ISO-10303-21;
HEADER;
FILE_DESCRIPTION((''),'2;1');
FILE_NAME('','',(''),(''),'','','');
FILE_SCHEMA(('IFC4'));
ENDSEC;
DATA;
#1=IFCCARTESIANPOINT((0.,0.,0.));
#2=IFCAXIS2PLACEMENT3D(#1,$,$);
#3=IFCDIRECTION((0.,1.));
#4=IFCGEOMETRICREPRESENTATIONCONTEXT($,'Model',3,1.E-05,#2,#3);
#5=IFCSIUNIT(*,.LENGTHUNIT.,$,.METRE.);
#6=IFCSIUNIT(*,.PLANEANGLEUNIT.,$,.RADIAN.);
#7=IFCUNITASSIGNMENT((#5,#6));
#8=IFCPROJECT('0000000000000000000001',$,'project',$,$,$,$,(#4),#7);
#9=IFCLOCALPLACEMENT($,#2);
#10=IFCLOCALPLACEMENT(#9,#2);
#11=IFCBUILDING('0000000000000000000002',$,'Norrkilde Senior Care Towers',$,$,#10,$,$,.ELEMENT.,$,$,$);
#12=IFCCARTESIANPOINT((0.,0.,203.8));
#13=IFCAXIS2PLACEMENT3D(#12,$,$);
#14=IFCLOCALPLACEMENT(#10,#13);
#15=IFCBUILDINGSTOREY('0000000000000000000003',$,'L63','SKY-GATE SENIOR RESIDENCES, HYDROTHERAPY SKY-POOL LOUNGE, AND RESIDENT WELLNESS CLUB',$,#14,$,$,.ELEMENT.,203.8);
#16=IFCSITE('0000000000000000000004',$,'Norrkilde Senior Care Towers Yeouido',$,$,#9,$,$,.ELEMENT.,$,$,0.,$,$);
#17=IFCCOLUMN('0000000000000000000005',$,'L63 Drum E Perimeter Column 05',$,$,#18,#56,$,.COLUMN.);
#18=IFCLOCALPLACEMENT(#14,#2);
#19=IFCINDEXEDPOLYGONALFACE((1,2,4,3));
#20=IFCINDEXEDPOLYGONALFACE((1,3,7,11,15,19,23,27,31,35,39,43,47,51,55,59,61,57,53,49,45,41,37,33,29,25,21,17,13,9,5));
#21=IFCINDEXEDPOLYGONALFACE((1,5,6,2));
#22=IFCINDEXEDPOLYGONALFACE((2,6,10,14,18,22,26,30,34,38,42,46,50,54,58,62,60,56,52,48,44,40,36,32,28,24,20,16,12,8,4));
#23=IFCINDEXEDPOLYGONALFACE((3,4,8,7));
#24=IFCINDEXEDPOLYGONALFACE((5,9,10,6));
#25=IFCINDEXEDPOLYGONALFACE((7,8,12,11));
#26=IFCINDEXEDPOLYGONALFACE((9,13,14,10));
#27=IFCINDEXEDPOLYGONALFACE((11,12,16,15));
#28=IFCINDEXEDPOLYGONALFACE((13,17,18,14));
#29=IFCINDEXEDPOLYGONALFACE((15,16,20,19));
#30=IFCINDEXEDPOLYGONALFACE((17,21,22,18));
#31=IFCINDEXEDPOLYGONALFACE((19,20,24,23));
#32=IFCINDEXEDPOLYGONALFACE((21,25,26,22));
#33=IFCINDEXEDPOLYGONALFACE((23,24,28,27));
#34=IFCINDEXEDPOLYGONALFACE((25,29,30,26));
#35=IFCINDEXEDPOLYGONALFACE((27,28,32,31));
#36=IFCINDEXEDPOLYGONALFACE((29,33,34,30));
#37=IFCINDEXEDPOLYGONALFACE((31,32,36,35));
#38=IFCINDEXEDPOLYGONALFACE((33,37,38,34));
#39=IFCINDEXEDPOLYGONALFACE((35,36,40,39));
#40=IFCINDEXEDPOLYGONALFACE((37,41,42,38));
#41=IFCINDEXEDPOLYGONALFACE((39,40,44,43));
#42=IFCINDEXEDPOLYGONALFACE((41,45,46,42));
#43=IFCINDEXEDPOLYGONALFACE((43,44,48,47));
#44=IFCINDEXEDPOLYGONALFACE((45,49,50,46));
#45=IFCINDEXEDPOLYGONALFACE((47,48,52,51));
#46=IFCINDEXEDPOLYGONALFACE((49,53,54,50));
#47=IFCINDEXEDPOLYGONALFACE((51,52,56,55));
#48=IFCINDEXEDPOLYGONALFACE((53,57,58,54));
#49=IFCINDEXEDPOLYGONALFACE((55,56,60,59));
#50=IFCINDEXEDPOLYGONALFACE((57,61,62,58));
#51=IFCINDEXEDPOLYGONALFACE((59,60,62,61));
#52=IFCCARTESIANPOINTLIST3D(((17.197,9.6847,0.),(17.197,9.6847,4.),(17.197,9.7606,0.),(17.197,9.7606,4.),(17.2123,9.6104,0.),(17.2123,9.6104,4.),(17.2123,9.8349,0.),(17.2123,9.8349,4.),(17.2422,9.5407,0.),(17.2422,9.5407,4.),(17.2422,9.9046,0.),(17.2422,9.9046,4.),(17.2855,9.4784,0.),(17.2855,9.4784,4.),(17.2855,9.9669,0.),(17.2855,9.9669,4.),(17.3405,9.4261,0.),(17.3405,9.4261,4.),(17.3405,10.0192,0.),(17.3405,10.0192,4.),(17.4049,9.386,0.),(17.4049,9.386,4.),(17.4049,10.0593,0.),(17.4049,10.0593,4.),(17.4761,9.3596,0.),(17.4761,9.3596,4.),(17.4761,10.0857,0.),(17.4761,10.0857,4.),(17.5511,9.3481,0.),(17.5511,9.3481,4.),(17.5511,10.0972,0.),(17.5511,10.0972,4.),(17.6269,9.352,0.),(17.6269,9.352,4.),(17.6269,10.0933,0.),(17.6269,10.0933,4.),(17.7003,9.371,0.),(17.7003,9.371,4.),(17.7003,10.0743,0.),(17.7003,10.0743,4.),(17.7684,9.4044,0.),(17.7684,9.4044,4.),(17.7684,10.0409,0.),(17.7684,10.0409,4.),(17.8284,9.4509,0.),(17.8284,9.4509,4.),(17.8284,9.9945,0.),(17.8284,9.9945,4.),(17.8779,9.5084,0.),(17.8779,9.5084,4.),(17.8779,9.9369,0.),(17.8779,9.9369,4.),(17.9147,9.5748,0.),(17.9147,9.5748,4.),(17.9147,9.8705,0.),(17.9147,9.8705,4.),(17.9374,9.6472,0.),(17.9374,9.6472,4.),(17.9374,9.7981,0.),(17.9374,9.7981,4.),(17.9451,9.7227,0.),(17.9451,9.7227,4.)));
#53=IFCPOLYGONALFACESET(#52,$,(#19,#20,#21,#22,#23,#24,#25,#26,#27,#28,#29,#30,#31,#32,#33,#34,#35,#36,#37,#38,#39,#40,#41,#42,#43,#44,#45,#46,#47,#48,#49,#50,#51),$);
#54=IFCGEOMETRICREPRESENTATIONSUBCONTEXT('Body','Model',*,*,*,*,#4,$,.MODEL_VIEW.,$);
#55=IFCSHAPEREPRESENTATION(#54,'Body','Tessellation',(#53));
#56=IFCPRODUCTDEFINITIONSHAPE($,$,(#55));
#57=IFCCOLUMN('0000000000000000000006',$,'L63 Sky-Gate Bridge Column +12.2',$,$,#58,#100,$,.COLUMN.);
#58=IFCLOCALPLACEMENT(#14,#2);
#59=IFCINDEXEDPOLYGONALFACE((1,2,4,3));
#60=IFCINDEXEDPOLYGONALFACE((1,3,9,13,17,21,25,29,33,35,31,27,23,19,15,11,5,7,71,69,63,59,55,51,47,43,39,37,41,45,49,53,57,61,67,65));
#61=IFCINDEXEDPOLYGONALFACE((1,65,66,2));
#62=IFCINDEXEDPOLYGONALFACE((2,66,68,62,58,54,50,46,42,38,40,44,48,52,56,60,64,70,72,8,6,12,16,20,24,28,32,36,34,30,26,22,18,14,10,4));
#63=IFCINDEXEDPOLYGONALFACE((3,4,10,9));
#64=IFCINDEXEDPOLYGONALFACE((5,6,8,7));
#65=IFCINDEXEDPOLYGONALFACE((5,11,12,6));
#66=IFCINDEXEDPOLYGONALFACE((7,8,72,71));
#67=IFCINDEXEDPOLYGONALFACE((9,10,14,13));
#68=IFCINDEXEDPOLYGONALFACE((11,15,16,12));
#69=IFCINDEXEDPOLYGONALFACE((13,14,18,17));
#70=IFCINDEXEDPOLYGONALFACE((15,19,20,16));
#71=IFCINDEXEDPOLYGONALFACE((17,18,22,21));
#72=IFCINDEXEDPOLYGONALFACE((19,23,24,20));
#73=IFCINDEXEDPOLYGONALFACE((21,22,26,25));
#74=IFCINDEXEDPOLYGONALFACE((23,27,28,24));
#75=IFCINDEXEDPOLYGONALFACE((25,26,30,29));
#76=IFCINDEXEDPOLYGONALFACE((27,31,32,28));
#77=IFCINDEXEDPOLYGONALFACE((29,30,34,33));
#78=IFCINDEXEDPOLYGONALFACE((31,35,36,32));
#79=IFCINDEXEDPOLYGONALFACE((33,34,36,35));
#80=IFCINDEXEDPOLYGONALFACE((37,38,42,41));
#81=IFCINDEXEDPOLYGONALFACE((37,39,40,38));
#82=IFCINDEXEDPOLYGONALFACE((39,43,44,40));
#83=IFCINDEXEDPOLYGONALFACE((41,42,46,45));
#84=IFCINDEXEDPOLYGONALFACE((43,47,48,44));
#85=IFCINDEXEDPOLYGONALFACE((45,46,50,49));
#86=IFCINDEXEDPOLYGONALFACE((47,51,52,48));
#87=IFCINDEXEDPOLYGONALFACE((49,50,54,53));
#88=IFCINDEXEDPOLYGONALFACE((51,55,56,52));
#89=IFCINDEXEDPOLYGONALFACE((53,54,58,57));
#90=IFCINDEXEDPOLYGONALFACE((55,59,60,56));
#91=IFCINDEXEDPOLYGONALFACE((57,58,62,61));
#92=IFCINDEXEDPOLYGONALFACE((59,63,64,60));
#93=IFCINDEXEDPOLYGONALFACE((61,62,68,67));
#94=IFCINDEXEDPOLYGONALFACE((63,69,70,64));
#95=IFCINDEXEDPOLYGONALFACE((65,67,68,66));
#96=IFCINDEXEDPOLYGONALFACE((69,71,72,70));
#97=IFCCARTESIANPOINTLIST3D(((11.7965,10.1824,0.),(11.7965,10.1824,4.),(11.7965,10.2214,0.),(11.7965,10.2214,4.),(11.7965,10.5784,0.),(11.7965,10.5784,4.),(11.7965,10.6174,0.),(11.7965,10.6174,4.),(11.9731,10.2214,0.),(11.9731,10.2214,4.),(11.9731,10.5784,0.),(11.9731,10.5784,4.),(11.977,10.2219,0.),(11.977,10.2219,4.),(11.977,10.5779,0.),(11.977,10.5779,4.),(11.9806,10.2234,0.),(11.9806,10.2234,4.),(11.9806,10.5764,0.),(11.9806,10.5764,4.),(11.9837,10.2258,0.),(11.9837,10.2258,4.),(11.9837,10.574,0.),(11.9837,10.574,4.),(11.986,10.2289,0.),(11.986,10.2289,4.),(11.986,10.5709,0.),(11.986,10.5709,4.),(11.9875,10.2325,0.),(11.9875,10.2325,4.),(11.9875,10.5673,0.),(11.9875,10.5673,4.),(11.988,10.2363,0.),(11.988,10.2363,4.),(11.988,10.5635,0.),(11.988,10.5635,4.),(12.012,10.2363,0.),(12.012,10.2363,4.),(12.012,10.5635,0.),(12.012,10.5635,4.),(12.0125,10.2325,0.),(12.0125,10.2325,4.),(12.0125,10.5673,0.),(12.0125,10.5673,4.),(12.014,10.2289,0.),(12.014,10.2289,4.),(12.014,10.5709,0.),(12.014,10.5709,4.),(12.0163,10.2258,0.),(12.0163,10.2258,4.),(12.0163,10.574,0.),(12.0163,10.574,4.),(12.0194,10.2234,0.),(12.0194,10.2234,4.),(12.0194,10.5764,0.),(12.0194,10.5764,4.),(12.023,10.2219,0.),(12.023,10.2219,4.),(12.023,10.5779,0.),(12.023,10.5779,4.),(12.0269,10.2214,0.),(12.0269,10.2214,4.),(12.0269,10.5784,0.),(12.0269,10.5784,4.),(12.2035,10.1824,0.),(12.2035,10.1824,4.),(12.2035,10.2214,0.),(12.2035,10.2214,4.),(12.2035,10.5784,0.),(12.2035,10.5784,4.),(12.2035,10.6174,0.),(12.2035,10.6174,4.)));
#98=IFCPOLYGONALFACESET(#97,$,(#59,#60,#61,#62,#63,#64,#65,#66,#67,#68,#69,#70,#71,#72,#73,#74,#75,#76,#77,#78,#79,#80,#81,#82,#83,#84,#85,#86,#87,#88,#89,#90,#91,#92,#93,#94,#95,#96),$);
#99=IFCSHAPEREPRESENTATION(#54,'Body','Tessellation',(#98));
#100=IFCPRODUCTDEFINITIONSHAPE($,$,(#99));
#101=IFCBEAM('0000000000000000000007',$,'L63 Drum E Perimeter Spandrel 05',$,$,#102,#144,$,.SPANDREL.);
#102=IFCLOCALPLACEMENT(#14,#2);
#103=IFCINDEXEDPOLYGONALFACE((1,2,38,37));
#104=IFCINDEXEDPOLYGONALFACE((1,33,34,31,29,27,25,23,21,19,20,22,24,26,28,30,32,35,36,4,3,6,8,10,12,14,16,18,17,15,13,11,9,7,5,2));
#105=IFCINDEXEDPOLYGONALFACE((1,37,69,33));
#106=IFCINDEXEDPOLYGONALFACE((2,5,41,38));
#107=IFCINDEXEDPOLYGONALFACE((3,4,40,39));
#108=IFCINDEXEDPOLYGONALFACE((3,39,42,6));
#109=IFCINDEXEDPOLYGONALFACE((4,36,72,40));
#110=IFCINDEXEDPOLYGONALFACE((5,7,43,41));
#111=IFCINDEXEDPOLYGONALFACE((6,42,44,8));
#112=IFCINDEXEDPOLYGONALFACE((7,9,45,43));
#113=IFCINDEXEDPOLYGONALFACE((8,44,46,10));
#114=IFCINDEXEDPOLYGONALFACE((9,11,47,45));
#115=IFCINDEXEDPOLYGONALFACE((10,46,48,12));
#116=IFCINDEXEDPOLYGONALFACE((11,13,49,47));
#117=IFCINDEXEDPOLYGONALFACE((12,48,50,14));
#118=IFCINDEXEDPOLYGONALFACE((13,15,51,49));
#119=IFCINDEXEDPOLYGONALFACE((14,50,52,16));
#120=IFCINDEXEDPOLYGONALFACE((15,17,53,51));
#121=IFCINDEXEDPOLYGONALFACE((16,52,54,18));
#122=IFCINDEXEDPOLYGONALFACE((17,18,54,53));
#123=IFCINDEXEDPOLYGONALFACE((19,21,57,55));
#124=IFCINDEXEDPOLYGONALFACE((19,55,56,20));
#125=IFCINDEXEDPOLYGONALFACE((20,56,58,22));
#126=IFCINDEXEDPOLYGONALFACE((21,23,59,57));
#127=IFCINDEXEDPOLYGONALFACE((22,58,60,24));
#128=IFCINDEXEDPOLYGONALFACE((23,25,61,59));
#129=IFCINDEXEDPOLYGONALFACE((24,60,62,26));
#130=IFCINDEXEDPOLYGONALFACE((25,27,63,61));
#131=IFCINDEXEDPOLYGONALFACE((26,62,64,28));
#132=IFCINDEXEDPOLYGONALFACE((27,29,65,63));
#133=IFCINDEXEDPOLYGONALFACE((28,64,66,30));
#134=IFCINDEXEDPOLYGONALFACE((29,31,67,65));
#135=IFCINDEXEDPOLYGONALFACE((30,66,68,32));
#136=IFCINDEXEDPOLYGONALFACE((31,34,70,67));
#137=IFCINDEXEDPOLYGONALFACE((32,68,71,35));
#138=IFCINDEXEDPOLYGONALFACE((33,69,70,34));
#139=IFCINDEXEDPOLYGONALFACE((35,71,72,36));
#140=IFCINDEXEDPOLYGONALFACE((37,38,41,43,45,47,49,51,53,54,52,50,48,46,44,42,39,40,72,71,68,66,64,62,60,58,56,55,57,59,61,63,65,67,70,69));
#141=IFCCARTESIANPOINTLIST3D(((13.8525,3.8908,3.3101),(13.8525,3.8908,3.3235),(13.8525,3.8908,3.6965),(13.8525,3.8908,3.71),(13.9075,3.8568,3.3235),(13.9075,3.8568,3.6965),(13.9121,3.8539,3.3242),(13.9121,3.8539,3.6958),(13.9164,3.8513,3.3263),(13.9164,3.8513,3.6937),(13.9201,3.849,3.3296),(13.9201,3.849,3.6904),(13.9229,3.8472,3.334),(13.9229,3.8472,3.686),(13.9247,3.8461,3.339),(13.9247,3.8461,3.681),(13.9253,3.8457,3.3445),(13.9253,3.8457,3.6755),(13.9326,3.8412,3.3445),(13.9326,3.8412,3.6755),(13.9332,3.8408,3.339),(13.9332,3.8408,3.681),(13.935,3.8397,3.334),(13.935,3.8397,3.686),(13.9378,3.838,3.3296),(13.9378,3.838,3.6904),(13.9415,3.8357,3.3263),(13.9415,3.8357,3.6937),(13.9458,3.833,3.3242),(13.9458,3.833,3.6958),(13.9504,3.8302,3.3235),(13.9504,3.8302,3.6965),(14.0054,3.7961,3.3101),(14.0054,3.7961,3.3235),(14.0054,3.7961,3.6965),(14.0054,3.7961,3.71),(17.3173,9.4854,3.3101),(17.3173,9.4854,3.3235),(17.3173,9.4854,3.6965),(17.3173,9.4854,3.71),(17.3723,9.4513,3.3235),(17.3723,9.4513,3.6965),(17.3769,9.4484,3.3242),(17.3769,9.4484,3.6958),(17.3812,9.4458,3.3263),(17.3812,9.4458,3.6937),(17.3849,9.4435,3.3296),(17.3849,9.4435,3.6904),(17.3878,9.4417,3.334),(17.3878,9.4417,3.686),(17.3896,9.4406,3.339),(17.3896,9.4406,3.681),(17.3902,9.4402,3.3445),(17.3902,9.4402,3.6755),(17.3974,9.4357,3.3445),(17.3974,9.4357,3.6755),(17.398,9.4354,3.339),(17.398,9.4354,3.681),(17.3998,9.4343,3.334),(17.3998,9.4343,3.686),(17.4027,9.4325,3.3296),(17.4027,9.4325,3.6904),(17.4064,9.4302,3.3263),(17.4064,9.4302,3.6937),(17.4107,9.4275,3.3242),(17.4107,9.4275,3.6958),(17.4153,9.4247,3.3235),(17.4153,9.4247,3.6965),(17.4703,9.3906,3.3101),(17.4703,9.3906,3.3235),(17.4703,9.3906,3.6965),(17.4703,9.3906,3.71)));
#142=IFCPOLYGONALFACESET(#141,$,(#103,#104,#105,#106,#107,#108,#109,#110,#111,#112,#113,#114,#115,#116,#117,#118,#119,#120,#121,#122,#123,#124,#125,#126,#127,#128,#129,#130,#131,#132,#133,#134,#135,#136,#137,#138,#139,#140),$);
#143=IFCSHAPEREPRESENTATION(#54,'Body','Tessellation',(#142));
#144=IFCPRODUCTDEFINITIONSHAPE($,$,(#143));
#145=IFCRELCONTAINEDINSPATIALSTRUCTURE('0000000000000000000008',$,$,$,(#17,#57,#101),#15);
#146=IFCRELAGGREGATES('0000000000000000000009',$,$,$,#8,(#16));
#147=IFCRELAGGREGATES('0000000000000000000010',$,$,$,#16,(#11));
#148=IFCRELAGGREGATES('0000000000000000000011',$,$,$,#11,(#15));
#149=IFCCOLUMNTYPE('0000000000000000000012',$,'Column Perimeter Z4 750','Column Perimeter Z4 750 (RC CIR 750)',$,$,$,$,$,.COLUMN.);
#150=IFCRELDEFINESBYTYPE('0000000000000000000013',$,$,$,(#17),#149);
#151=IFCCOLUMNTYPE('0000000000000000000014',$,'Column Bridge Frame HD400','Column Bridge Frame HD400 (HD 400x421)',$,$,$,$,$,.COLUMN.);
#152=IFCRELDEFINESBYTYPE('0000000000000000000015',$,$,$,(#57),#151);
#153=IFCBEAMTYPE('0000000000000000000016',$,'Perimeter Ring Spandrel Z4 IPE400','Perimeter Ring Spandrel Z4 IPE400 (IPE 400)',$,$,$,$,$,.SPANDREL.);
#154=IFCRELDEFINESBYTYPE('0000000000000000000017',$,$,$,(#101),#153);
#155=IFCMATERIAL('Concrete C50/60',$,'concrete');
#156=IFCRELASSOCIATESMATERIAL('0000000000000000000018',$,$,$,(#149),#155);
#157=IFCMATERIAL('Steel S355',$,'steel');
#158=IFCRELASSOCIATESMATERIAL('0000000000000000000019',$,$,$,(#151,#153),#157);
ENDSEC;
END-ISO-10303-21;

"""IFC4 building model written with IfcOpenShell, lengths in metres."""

from ifc_helpers import new_model, si_unit, direction, frame, origin, origin_2d, place, context, subcontext, project, spatial, circle, i_section, extrude, source, transform, mapped, material, material_profile, profile_set, type_object, type_shapes, element, save


model = new_model("IFC4")

# Units and contexts
model_context = context("Model", 3, precision=1e-05, world=origin(), true_north=direction((0.0, 1.0)))
body_context = subcontext(model_context, "Body", "Model", "MODEL_VIEW")
ifc_project = project(units=[si_unit("LENGTHUNIT", "METRE"), si_unit("PLANEANGLEUNIT", "RADIAN")], contexts=[model_context])

# Site, building, storey
site_placement = place(None, origin())
site = spatial("IfcSite", under=ifc_project, at=site_placement, Name="Norrkilde Senior Care Towers Yeouido", CompositionType="ELEMENT", RefElevation=0.0)
building_placement = place(site_placement, origin())
building = spatial("IfcBuilding", under=site, at=building_placement, Name="Norrkilde Senior Care Towers", CompositionType="ELEMENT")
storey_placement = place(building_placement, frame((0.0, 0.0, 203.8)))
storey = spatial("IfcBuildingStorey", under=building, at=storey_placement, Name="L63", Description="SKY-GATE SENIOR RESIDENCES, HYDROTHERAPY SKY-POOL LOUNGE, AND RESIDENT WELLNESS CLUB", CompositionType="ELEMENT", Elevation=203.8)

# Columns
ifc_material_1 = material(Name="Concrete C50/60", Category="concrete")
ifc_material_profile_1 = material_profile(ifc_material_1, circle(Radius=0.375, at=origin_2d()), Name="RC CIR 750")
ifc_profile_set_1 = profile_set([ifc_material_profile_1], Name="Concrete C50/60")
column_type_1 = type_object("IfcColumnType", Name="Column Perimeter Z4 750", Description="Column Perimeter Z4 750 (RC CIR 750)", PredefinedType="COLUMN", material=ifc_profile_set_1)
shared_shape_1 = source(origin(), body_context, "Body", "SweptSolid", [
    extrude(circle(Radius=0.375, at=origin_2d()), origin(), (0.0, 0.0, 1.0), 4.0),
])
type_shapes(column_type_1, [shared_shape_1])
column_1_placement = place(storey_placement, frame((17.5701, 9.7227, 0.0), z_axis=(0.0, 0.0, 1.0), x_axis=(1.0, 0.0, 0.0)))
element("IfcColumn", 1, at=column_1_placement, inside=storey, type_object=column_type_1, Name="L63 Drum E Perimeter Column 05", PredefinedType="COLUMN", context=body_context, shape_type="MappedRepresentation", body=[
    mapped(shared_shape_1, transform((0.0, 0.0, 0.0), x_axis=(1.0, 0.0, 0.0), y_axis=(0.0, 1.0, 0.0), z_axis=(0.0, 0.0, 1.0), scale=1.0)),
])
ifc_material_2 = material(Name="Steel S355", Category="steel")
ifc_material_profile_2 = material_profile(ifc_material_2, i_section(OverallWidth=0.407, OverallDepth=0.4351, WebThickness=0.0239, FlangeThickness=0.0391, FilletRadius=0.0149, at=origin_2d()), Name="HD 400x421")
ifc_profile_set_2 = profile_set([ifc_material_profile_2], Name="Steel S355")
column_type_2 = type_object("IfcColumnType", Name="Column Bridge Frame HD400", Description="Column Bridge Frame HD400 (HD 400x421)", PredefinedType="COLUMN", material=ifc_profile_set_2)
shared_shape_2 = source(origin(), body_context, "Body", "SweptSolid", [
    extrude(i_section(OverallWidth=0.407, OverallDepth=0.4351, WebThickness=0.0239, FlangeThickness=0.0391, FilletRadius=0.0149, at=origin_2d()), origin(), (0.0, 0.0, 1.0), 4.0),
])
type_shapes(column_type_2, [shared_shape_2])
column_2_placement = place(storey_placement, frame((12.0, 10.3999, 0.0), z_axis=(0.0, 0.0, 1.0), x_axis=(1.0, 0.0, 0.0)))
element("IfcColumn", 2, at=column_2_placement, inside=storey, type_object=column_type_2, Name="L63 Sky-Gate Bridge Column +12.2", PredefinedType="COLUMN", context=body_context, shape_type="MappedRepresentation", body=[
    mapped(shared_shape_2, transform((0.0, 0.0, 0.0), x_axis=(1.0, 0.0, 0.0), y_axis=(0.0, 1.0, 0.0), z_axis=(0.0, 0.0, 1.0), scale=1.0)),
])

# Beam
ifc_material_profile_3 = material_profile(ifc_material_2, i_section(OverallWidth=0.1799, OverallDepth=0.3999, WebThickness=0.0085, FlangeThickness=0.0134, FilletRadius=0.021, at=origin_2d()), Name="IPE 400")
ifc_profile_set_3 = profile_set([ifc_material_profile_3], Name="Steel S355")
beam_type_1 = type_object("IfcBeamType", Name="Perimeter Ring Spandrel Z4 IPE400", Description="Perimeter Ring Spandrel Z4 IPE400 (IPE 400)", PredefinedType="SPANDREL", material=ifc_profile_set_3)
shared_shape_3 = source(origin(), body_context, "Body", "SweptSolid", [
    extrude(i_section(OverallWidth=0.1799, OverallDepth=0.3999, WebThickness=0.0085, FlangeThickness=0.0134, FilletRadius=0.021, at=origin_2d()), origin(), (0.0, 0.0, 1.0), 6.5806),
])
type_shapes(beam_type_1, [shared_shape_3])
beam_1_placement = place(storey_placement, frame((17.3938, 9.438, 3.51), z_axis=(-0.52653, -0.850157, 0.0), x_axis=(0.850157, -0.52653, 0.0)))
element("IfcBeam", 3, at=beam_1_placement, inside=storey, type_object=beam_type_1, Name="L63 Drum E Perimeter Spandrel 05", PredefinedType="SPANDREL", context=body_context, shape_type="MappedRepresentation", body=[
    mapped(shared_shape_3, transform((0.0, 0.0, 0.0), x_axis=(1.0, 0.0, 0.0), y_axis=(0.0, 1.0, 0.0), z_axis=(0.0, 0.0, 1.0), scale=1.0)),
])

save(model, "model.ifc")
